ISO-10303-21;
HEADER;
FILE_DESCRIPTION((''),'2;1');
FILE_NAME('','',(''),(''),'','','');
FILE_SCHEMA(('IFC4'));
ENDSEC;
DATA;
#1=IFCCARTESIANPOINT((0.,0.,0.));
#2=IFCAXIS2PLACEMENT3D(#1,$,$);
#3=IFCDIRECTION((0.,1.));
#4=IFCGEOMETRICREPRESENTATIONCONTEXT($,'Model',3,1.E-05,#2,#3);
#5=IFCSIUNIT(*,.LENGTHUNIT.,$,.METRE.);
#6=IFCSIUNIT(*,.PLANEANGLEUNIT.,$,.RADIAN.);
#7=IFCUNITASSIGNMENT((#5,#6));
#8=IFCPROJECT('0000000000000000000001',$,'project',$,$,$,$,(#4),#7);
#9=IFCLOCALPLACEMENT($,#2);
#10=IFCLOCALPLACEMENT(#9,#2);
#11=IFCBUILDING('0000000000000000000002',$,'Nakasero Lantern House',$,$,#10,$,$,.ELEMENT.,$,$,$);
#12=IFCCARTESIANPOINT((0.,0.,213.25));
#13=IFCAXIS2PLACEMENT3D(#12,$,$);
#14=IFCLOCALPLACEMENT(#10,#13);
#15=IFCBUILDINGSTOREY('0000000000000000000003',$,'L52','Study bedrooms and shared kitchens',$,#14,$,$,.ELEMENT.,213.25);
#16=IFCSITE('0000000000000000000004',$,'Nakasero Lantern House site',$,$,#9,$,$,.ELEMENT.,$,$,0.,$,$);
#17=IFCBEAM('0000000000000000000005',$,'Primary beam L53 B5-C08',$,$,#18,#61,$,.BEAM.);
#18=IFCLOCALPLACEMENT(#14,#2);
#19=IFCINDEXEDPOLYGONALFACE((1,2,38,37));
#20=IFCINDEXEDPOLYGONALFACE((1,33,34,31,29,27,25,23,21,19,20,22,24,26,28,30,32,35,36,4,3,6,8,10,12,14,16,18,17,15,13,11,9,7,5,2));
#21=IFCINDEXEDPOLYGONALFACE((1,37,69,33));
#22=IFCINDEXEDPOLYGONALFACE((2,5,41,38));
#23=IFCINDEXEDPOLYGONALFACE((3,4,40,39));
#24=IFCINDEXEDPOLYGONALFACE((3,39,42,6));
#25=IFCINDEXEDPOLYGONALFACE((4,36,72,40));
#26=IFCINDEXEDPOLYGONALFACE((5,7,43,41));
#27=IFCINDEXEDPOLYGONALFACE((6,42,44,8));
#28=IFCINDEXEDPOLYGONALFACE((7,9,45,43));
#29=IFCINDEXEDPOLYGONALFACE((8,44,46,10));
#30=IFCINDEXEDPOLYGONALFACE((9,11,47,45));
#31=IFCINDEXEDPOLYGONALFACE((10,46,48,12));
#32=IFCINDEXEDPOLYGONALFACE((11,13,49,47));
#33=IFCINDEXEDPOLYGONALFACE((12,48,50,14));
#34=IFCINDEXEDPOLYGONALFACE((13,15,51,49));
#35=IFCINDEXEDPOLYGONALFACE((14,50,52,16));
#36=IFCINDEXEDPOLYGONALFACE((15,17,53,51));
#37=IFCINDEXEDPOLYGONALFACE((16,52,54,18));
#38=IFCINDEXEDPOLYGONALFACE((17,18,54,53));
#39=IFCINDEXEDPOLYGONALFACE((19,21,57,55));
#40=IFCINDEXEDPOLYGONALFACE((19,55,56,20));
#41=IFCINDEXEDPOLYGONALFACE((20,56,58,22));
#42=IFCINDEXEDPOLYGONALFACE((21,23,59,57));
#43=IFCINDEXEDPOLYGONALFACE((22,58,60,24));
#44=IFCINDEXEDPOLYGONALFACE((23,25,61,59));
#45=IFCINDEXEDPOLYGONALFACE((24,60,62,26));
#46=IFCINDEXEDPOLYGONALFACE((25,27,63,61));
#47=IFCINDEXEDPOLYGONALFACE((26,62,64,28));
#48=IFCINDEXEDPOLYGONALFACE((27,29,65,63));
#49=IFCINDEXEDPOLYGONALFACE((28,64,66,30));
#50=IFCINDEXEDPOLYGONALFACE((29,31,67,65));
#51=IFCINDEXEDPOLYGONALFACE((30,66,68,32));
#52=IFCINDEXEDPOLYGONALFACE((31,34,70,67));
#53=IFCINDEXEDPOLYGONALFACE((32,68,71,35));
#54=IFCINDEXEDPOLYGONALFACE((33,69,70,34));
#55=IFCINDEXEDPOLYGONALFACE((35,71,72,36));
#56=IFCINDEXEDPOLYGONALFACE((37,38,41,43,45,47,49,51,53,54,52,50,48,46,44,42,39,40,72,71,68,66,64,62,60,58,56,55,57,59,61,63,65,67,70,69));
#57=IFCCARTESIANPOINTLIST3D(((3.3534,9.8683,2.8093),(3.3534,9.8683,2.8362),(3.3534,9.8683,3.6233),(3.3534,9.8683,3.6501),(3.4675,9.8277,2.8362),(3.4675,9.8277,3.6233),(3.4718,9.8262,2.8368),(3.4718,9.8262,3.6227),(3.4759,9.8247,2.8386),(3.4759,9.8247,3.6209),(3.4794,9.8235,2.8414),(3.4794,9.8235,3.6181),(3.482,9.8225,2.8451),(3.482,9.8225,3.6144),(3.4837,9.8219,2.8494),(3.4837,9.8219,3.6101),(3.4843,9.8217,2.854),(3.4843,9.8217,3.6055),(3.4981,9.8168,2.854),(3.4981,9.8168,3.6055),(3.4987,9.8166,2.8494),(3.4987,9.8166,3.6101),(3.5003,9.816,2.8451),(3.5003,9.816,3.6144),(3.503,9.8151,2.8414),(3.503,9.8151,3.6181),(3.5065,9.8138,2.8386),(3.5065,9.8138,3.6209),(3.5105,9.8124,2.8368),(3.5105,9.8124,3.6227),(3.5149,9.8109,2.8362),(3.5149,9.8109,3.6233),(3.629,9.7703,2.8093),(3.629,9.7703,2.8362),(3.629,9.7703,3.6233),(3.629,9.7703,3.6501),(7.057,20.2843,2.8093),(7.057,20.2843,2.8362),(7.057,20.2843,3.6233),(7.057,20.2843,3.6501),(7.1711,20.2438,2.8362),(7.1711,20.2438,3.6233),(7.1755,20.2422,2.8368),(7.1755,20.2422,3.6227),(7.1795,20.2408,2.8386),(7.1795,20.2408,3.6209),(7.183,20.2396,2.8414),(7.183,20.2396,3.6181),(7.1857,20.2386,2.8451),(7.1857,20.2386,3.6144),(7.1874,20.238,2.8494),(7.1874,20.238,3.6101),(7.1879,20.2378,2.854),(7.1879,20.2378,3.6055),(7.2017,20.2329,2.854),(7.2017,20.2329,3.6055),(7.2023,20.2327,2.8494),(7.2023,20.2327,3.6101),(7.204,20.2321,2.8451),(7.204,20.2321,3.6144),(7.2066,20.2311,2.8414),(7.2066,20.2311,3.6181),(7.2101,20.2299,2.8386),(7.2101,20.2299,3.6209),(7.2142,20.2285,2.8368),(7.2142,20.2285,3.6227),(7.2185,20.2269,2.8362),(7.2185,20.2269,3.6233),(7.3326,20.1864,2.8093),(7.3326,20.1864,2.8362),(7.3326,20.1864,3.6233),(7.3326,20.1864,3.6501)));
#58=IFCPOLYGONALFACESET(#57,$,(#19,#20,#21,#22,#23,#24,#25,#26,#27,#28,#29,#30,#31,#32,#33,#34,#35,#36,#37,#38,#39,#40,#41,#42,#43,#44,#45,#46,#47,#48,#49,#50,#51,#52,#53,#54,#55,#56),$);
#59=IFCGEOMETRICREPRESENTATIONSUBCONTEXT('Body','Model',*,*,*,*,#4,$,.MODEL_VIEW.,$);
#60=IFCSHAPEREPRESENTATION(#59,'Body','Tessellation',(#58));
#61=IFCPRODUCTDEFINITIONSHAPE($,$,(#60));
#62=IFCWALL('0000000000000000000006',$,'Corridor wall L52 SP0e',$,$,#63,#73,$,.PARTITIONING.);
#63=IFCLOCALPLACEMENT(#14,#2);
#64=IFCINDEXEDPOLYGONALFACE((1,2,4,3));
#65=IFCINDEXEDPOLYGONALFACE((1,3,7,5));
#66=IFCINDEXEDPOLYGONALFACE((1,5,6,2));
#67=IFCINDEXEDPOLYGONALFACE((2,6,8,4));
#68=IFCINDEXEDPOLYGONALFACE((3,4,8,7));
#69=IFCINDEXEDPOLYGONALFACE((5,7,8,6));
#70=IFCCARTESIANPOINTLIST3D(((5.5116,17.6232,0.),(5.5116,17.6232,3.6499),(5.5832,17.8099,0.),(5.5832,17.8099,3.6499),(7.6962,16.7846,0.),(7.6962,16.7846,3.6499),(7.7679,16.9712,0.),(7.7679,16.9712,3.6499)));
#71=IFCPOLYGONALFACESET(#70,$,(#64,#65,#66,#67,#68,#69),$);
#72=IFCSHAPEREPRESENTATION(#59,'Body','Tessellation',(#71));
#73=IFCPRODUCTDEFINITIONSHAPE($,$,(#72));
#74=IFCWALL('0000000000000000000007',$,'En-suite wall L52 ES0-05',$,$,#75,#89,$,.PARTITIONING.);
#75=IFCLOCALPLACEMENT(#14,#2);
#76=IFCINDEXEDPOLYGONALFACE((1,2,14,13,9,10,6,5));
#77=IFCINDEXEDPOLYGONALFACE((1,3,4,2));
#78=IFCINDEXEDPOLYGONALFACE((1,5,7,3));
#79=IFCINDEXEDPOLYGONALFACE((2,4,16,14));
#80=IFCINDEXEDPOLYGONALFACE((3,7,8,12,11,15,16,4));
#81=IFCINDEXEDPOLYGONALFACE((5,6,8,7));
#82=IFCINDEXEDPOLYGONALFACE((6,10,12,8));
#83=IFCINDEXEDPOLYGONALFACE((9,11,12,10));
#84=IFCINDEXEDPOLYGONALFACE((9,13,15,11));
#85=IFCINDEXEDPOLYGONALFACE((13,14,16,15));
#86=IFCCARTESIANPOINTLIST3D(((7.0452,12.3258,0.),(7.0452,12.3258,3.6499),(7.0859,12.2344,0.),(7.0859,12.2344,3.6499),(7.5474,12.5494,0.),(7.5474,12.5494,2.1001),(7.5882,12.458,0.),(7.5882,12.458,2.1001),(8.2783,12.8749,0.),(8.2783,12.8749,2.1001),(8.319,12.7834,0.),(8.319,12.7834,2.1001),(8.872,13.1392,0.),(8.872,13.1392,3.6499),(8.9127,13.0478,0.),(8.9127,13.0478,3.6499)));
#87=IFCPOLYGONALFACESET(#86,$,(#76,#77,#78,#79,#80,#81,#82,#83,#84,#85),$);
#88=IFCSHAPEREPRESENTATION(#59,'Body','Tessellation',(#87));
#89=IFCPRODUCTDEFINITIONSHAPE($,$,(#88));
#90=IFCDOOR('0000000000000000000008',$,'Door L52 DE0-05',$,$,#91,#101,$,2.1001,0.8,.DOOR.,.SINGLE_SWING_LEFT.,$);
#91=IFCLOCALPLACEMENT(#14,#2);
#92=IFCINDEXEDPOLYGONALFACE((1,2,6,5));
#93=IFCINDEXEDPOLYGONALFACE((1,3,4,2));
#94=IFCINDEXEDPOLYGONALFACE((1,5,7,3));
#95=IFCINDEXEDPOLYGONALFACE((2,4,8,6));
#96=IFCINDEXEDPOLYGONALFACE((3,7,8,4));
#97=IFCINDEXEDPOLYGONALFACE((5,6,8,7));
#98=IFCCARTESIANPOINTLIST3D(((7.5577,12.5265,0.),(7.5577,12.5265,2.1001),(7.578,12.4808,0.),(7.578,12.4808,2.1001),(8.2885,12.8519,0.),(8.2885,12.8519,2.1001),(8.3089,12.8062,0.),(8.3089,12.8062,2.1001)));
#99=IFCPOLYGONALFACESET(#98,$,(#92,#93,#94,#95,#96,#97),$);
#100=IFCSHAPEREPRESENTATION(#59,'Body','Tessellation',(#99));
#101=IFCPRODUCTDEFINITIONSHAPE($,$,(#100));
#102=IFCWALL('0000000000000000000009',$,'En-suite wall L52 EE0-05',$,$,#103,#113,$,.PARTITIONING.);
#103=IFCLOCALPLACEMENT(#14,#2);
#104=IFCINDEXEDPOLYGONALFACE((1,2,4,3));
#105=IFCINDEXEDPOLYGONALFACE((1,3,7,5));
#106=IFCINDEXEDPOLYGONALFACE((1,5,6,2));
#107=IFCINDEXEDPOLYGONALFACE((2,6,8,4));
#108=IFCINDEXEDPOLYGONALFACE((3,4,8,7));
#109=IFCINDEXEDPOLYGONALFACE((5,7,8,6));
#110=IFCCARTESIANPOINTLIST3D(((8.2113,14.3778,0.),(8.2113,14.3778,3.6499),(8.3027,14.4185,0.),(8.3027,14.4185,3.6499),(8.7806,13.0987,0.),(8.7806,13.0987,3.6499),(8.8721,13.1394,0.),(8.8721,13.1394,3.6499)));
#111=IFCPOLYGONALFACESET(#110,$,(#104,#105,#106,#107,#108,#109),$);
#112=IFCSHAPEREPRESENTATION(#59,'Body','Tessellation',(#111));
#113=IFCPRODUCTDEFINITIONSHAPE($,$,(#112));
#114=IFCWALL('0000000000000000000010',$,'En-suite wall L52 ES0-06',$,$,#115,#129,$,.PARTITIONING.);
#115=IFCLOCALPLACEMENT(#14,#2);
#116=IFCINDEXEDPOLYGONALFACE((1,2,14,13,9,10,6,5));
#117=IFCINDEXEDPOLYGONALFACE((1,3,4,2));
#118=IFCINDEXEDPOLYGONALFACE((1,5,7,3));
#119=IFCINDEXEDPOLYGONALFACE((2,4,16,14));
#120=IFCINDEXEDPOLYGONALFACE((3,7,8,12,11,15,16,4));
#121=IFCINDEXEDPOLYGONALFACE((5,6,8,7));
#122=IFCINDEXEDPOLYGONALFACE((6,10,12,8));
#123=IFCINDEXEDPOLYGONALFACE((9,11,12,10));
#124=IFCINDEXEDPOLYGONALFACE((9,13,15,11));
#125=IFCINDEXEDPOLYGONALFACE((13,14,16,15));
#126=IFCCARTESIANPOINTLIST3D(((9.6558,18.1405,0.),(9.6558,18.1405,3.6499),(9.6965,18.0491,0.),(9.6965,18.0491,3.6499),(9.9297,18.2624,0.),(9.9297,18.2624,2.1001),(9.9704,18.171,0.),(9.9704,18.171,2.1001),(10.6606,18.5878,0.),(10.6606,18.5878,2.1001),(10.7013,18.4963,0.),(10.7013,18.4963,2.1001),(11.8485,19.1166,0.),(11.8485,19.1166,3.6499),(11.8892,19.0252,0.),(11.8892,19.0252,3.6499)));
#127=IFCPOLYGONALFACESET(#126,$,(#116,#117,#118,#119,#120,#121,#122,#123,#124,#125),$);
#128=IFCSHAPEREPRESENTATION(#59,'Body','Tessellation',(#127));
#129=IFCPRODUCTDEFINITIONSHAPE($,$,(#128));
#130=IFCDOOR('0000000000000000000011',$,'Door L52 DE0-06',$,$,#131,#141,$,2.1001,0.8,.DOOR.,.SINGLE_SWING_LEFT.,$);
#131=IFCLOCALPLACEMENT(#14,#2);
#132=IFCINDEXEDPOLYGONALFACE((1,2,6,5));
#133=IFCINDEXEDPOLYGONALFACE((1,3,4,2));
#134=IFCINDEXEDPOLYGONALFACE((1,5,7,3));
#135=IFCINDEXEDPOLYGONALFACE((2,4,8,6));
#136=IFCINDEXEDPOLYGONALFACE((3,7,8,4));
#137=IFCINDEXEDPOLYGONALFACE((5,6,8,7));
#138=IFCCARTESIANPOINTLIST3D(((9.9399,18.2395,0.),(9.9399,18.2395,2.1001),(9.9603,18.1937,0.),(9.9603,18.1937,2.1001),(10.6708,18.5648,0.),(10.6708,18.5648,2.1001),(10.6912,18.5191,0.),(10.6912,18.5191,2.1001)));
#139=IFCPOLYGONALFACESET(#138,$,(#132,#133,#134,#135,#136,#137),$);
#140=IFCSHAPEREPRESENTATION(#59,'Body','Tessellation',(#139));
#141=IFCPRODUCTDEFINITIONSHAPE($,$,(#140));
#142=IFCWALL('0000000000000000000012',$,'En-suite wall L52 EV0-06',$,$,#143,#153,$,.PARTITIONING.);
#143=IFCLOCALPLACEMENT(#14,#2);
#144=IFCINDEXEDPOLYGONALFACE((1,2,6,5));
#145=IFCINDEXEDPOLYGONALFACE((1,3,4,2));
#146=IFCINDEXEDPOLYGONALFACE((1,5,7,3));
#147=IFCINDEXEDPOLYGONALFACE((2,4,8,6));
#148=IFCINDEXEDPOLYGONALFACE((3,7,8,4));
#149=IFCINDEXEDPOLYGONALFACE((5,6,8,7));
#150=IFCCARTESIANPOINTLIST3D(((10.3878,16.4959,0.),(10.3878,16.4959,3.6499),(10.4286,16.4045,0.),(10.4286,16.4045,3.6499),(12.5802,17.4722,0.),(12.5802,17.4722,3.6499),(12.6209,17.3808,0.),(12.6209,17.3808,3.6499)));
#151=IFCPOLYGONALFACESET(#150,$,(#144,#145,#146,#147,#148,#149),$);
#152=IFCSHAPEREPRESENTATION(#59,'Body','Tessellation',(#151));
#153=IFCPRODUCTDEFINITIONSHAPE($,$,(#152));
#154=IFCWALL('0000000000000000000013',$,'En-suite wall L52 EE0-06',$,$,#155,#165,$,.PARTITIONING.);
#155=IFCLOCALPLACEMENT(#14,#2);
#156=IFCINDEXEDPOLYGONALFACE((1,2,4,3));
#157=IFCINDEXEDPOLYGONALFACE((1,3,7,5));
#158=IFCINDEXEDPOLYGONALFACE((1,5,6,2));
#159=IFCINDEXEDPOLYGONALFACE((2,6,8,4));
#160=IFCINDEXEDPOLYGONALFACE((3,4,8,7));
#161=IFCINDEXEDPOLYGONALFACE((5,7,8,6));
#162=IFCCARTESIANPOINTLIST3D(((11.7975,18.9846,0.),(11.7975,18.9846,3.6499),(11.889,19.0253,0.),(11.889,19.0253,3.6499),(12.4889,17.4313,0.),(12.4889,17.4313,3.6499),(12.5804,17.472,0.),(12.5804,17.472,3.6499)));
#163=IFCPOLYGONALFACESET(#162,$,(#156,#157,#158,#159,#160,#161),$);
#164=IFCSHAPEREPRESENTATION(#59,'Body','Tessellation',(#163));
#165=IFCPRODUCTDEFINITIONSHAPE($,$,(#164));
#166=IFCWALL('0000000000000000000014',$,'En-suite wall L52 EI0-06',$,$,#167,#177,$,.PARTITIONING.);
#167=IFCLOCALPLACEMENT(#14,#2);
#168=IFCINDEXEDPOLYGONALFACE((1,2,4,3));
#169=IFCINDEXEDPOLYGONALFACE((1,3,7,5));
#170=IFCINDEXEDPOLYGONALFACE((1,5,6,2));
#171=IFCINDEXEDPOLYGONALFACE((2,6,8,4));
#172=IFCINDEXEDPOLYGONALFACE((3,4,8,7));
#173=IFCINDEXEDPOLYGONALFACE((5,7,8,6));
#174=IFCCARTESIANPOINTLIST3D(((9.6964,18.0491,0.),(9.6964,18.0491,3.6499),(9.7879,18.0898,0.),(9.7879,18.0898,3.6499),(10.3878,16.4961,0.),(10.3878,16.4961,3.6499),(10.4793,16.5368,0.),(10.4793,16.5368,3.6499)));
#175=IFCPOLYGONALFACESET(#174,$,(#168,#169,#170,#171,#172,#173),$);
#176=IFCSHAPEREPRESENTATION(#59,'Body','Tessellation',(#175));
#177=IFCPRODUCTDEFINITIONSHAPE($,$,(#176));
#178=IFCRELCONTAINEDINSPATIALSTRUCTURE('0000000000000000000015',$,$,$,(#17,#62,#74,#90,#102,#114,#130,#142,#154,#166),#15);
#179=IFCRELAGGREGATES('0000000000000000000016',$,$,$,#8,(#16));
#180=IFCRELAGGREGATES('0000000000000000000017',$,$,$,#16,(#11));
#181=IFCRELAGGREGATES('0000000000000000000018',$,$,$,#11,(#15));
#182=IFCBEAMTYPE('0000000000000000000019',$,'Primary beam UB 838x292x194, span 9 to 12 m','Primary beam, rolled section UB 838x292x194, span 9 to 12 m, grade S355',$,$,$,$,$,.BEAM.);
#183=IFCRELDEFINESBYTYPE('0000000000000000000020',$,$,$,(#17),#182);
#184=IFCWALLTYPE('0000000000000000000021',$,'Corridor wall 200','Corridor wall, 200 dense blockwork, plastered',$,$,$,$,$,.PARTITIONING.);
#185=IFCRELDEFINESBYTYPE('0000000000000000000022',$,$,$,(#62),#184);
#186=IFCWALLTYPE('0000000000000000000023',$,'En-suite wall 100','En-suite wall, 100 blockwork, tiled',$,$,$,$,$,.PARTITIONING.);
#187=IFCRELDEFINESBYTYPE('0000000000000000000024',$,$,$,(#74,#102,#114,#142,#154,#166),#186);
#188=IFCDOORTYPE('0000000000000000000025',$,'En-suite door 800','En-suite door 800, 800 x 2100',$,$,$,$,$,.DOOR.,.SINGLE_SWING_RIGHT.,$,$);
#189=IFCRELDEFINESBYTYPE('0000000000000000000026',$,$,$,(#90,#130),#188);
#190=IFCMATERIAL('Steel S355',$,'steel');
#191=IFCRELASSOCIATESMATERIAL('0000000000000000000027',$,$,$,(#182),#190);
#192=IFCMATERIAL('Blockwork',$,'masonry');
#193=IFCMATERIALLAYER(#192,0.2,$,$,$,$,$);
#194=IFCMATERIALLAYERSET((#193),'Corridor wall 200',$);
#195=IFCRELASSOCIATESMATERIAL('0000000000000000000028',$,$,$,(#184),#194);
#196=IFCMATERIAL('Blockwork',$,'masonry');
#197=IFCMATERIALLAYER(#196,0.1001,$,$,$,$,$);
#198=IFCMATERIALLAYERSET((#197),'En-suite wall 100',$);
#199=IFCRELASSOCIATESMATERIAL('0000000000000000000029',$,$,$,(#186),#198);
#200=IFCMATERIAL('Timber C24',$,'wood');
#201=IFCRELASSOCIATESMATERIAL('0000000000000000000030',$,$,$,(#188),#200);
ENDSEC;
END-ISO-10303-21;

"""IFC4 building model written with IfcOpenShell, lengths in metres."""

from ifc_helpers import new_model, si_unit, direction, frame, frame_2d, origin, origin_2d, place, context, subcontext, project, spatial, rectangle, i_section, extrude, material, layer, layer_set, material_profile, profile_set, type_object, element, fill, save


model = new_model("IFC4")

# Units and contexts
model_context = context("Model", 3, precision=1e-05, world=origin(), true_north=direction((0.0, 1.0)))
body_context = subcontext(model_context, "Body", "Model", "MODEL_VIEW")
ifc_project = project(units=[si_unit("LENGTHUNIT", "METRE"), si_unit("PLANEANGLEUNIT", "RADIAN")], contexts=[model_context])

# Site, building, storey
site_placement = place(None, origin())
site = spatial("IfcSite", under=ifc_project, at=site_placement, Name="Nakasero Lantern House site", CompositionType="ELEMENT", RefElevation=0.0)
building_placement = place(site_placement, origin())
building = spatial("IfcBuilding", under=site, at=building_placement, Name="Nakasero Lantern House", CompositionType="ELEMENT")
storey_placement = place(building_placement, frame((0.0, 0.0, 213.25)))
storey = spatial("IfcBuildingStorey", under=building, at=storey_placement, Name="L52", Description="Study bedrooms and shared kitchens", CompositionType="ELEMENT", Elevation=213.25)

# Beam
ifc_material_1 = material(Name="Steel S355", Category="steel")
ifc_material_profile_1 = material_profile(ifc_material_1, i_section(OverallWidth=0.2925, OverallDepth=0.8408, WebThickness=0.0146, FlangeThickness=0.0269, FilletRadius=0.0178, at=origin_2d()), Name="UB 838x292x194")
ifc_profile_set_1 = profile_set([ifc_material_profile_1], Name="Steel S355")
beam_type_1 = type_object("IfcBeamType", Name="Primary beam UB 838x292x194, span 9 to 12 m", Description="Primary beam, rolled section UB 838x292x194, span 9 to 12 m, grade S355", PredefinedType="BEAM", material=ifc_profile_set_1)
beam_1_placement = place(storey_placement, frame((7.1948, 20.2354, 3.2297), z_axis=(-0.335021, -0.942211, 0.0), x_axis=(0.942211, -0.335021, 0.0)))
element("IfcBeam", 1, at=beam_1_placement, inside=storey, type_object=beam_type_1, Name="Primary beam L53 B5-C08", PredefinedType="BEAM", context=body_context, shape_type="SweptSolid", body=[
    extrude(i_section(OverallWidth=0.2925, OverallDepth=0.8408, WebThickness=0.0146, FlangeThickness=0.0269, FilletRadius=0.0178, at=origin_2d()), origin(), (0.0, 0.0, 1.0), 11.0549),
])

# Wall
ifc_material_2 = material(Name="Blockwork", Category="masonry")
ifc_layer_1 = layer(ifc_material_2, 0.2)
ifc_layer_set_1 = layer_set([ifc_layer_1], Name="Corridor wall 200")
wall_type_1 = type_object("IfcWallType", Name="Corridor wall 200", Description="Corridor wall, 200 dense blockwork, plastered", PredefinedType="PARTITIONING", material=ifc_layer_set_1)
wall_1_placement = place(storey_placement, frame((7.7319, 16.8779, 0.0), z_axis=(0.0, 0.0, 1.0), x_axis=(-0.933574, 0.358385, 0.0)))
element("IfcWall", 2, at=wall_1_placement, inside=storey, type_object=wall_type_1, Name="Corridor wall L52 SP0e", PredefinedType="PARTITIONING", context=body_context, shape_type="SweptSolid", body=[
    extrude(rectangle(XDim=2.3401, YDim=0.2, at=frame_2d((1.1699, 0.0))), origin(), (0.0, 0.0, 1.0), 3.6499),
])

# Wall, opening, door
ifc_material_3 = material(Name="Blockwork", Category="masonry")
ifc_layer_2 = layer(ifc_material_3, 0.1001)
ifc_layer_set_2 = layer_set([ifc_layer_2], Name="En-suite wall 100")
wall_type_2 = type_object("IfcWallType", Name="En-suite wall 100", Description="En-suite wall, 100 blockwork, tiled", PredefinedType="PARTITIONING", material=ifc_layer_set_2)
wall_2_placement = place(storey_placement, frame((7.0654, 12.28, 0.0), z_axis=(0.0, 0.0, 1.0), x_axis=(0.913529, 0.406773, 0.0)))
wall_2 = element("IfcWall", 3, at=wall_2_placement, inside=storey, type_object=wall_type_2, Name="En-suite wall L52 ES0-05", PredefinedType="PARTITIONING", context=body_context, shape_type="SweptSolid", body=[
    extrude(rectangle(XDim=1.9998, YDim=0.1001, at=frame_2d((1.0, 0.0))), origin(), (0.0, 0.0, 1.0), 3.6499),
])
opening_1_placement = place(wall_2_placement, frame((0.55, 0.0, 0.0)))
opening_1 = element("IfcOpeningElement", 4, at=opening_1_placement, cuts=wall_2, PredefinedType="OPENING", context=body_context, shape_type="SweptSolid", body=[
    extrude(rectangle(XDim=0.8, YDim=2.1001, at=frame_2d((0.3999, 1.05))), frame((0.0, 0.0701, 0.0), z_axis=(0.0, -1.0, 0.0), x_axis=(1.0, 0.0, 0.0)), (0.0, 0.0, 1.0), 0.1401),
])
ifc_material_4 = material(Name="Timber C24", Category="wood")
door_type_1 = type_object("IfcDoorType", Name="En-suite door 800", Description="En-suite door 800, 800 x 2100", OperationType="SINGLE_SWING_RIGHT", PredefinedType="DOOR", material=ifc_material_4)
door_1_placement = place(opening_1_placement, origin())
door_1 = element("IfcDoor", 5, at=door_1_placement, inside=storey, type_object=door_type_1, Name="Door L52 DE0-05", OperationType="SINGLE_SWING_LEFT", OverallHeight=2.1001, OverallWidth=0.8, PredefinedType="DOOR", context=body_context, shape_type="SweptSolid", body=[
    extrude(rectangle(XDim=0.8, YDim=2.1001, at=frame_2d((0.3999, 1.05))), frame((0.0, 0.0249, 0.0), z_axis=(0.0, -1.0, 0.0), x_axis=(1.0, 0.0, 0.0)), (0.0, 0.0, 1.0), 0.05),
])
fill(opening_1, door_1)

# Wall
wall_3_placement = place(storey_placement, frame((8.8264, 13.1189, 0.0), z_axis=(0.0, 0.0, 1.0), x_axis=(-0.406656, 0.913581, 0.0)))
element("IfcWall", 6, at=wall_3_placement, inside=storey, type_object=wall_type_2, Name="En-suite wall L52 EE0-05", PredefinedType="PARTITIONING", context=body_context, shape_type="SweptSolid", body=[
    extrude(rectangle(XDim=1.4001, YDim=0.1001, at=frame_2d((0.7002, 0.0))), origin(), (0.0, 0.0, 1.0), 3.6499),
])

# Wall, opening, door
wall_4_placement = place(storey_placement, frame((9.676, 18.0947, 0.0), z_axis=(0.0, 0.0, 1.0), x_axis=(0.913568, 0.406686, 0.0)))
wall_4 = element("IfcWall", 7, at=wall_4_placement, inside=storey, type_object=wall_type_2, Name="En-suite wall L52 ES0-06", PredefinedType="PARTITIONING", context=body_context, shape_type="SweptSolid", body=[
    extrude(rectangle(XDim=2.4001, YDim=0.1001, at=frame_2d((1.2002, 0.0))), origin(), (0.0, 0.0, 1.0), 3.6499),
])
opening_2_placement = place(wall_4_placement, frame((0.3, 0.0, 0.0)))
opening_2 = element("IfcOpeningElement", 8, at=opening_2_placement, cuts=wall_4, PredefinedType="OPENING", context=body_context, shape_type="SweptSolid", body=[
    extrude(rectangle(XDim=0.8, YDim=2.1001, at=frame_2d((0.3999, 1.05))), frame((0.0, 0.0701, 0.0), z_axis=(0.0, -1.0, 0.0), x_axis=(1.0, 0.0, 0.0)), (0.0, 0.0, 1.0), 0.1401),
])
door_2_placement = place(opening_2_placement, origin())
door_2 = element("IfcDoor", 9, at=door_2_placement, inside=storey, type_object=door_type_1, Name="Door L52 DE0-06", OperationType="SINGLE_SWING_LEFT", OverallHeight=2.1001, OverallWidth=0.8, PredefinedType="DOOR", context=body_context, shape_type="SweptSolid", body=[
    extrude(rectangle(XDim=0.8, YDim=2.1001, at=frame_2d((0.3999, 1.05))), frame((0.0, 0.0249, 0.0), z_axis=(0.0, -1.0, 0.0), x_axis=(1.0, 0.0, 0.0)), (0.0, 0.0, 1.0), 0.05),
])
fill(opening_2, door_2)

# Walls
wall_5_placement = place(storey_placement, frame((10.4082, 16.4502, 0.0), z_axis=(0.0, 0.0, 1.0), x_axis=(0.913513, 0.406809, 0.0)))
element("IfcWall", 10, at=wall_5_placement, inside=storey, type_object=wall_type_2, Name="En-suite wall L52 EV0-06", PredefinedType="PARTITIONING", context=body_context, shape_type="SweptSolid", body=[
    extrude(rectangle(XDim=2.3999, YDim=0.1001, at=frame_2d((1.2, 0.0))), origin(), (0.0, 0.0, 1.0), 3.6499),
])
wall_6_placement = place(storey_placement, frame((12.5347, 17.4517, 0.0), z_axis=(0.0, 0.0, 1.0), x_axis=(-0.406671, 0.913575, 0.0)))
element("IfcWall", 11, at=wall_6_placement, inside=storey, type_object=wall_type_2, Name="En-suite wall L52 EE0-06", PredefinedType="PARTITIONING", context=body_context, shape_type="SweptSolid", body=[
    extrude(rectangle(XDim=1.7002, YDim=0.1001, at=frame_2d((0.8501, 0.0))), origin(), (0.0, 0.0, 1.0), 3.6499),
])
wall_7_placement = place(storey_placement, frame((10.4336, 16.5164, 0.0), z_axis=(0.0, 0.0, 1.0), x_axis=(-0.406725, 0.913551, 0.0)))
element("IfcWall", 12, at=wall_7_placement, inside=storey, type_object=wall_type_2, Name="En-suite wall L52 EI0-06", PredefinedType="PARTITIONING", context=body_context, shape_type="SweptSolid", body=[
    extrude(rectangle(XDim=1.7, YDim=0.1001, at=frame_2d((0.8501, 0.0))), origin(), (0.0, 0.0, 1.0), 3.6499),
])

save(model, "model.ifc")
